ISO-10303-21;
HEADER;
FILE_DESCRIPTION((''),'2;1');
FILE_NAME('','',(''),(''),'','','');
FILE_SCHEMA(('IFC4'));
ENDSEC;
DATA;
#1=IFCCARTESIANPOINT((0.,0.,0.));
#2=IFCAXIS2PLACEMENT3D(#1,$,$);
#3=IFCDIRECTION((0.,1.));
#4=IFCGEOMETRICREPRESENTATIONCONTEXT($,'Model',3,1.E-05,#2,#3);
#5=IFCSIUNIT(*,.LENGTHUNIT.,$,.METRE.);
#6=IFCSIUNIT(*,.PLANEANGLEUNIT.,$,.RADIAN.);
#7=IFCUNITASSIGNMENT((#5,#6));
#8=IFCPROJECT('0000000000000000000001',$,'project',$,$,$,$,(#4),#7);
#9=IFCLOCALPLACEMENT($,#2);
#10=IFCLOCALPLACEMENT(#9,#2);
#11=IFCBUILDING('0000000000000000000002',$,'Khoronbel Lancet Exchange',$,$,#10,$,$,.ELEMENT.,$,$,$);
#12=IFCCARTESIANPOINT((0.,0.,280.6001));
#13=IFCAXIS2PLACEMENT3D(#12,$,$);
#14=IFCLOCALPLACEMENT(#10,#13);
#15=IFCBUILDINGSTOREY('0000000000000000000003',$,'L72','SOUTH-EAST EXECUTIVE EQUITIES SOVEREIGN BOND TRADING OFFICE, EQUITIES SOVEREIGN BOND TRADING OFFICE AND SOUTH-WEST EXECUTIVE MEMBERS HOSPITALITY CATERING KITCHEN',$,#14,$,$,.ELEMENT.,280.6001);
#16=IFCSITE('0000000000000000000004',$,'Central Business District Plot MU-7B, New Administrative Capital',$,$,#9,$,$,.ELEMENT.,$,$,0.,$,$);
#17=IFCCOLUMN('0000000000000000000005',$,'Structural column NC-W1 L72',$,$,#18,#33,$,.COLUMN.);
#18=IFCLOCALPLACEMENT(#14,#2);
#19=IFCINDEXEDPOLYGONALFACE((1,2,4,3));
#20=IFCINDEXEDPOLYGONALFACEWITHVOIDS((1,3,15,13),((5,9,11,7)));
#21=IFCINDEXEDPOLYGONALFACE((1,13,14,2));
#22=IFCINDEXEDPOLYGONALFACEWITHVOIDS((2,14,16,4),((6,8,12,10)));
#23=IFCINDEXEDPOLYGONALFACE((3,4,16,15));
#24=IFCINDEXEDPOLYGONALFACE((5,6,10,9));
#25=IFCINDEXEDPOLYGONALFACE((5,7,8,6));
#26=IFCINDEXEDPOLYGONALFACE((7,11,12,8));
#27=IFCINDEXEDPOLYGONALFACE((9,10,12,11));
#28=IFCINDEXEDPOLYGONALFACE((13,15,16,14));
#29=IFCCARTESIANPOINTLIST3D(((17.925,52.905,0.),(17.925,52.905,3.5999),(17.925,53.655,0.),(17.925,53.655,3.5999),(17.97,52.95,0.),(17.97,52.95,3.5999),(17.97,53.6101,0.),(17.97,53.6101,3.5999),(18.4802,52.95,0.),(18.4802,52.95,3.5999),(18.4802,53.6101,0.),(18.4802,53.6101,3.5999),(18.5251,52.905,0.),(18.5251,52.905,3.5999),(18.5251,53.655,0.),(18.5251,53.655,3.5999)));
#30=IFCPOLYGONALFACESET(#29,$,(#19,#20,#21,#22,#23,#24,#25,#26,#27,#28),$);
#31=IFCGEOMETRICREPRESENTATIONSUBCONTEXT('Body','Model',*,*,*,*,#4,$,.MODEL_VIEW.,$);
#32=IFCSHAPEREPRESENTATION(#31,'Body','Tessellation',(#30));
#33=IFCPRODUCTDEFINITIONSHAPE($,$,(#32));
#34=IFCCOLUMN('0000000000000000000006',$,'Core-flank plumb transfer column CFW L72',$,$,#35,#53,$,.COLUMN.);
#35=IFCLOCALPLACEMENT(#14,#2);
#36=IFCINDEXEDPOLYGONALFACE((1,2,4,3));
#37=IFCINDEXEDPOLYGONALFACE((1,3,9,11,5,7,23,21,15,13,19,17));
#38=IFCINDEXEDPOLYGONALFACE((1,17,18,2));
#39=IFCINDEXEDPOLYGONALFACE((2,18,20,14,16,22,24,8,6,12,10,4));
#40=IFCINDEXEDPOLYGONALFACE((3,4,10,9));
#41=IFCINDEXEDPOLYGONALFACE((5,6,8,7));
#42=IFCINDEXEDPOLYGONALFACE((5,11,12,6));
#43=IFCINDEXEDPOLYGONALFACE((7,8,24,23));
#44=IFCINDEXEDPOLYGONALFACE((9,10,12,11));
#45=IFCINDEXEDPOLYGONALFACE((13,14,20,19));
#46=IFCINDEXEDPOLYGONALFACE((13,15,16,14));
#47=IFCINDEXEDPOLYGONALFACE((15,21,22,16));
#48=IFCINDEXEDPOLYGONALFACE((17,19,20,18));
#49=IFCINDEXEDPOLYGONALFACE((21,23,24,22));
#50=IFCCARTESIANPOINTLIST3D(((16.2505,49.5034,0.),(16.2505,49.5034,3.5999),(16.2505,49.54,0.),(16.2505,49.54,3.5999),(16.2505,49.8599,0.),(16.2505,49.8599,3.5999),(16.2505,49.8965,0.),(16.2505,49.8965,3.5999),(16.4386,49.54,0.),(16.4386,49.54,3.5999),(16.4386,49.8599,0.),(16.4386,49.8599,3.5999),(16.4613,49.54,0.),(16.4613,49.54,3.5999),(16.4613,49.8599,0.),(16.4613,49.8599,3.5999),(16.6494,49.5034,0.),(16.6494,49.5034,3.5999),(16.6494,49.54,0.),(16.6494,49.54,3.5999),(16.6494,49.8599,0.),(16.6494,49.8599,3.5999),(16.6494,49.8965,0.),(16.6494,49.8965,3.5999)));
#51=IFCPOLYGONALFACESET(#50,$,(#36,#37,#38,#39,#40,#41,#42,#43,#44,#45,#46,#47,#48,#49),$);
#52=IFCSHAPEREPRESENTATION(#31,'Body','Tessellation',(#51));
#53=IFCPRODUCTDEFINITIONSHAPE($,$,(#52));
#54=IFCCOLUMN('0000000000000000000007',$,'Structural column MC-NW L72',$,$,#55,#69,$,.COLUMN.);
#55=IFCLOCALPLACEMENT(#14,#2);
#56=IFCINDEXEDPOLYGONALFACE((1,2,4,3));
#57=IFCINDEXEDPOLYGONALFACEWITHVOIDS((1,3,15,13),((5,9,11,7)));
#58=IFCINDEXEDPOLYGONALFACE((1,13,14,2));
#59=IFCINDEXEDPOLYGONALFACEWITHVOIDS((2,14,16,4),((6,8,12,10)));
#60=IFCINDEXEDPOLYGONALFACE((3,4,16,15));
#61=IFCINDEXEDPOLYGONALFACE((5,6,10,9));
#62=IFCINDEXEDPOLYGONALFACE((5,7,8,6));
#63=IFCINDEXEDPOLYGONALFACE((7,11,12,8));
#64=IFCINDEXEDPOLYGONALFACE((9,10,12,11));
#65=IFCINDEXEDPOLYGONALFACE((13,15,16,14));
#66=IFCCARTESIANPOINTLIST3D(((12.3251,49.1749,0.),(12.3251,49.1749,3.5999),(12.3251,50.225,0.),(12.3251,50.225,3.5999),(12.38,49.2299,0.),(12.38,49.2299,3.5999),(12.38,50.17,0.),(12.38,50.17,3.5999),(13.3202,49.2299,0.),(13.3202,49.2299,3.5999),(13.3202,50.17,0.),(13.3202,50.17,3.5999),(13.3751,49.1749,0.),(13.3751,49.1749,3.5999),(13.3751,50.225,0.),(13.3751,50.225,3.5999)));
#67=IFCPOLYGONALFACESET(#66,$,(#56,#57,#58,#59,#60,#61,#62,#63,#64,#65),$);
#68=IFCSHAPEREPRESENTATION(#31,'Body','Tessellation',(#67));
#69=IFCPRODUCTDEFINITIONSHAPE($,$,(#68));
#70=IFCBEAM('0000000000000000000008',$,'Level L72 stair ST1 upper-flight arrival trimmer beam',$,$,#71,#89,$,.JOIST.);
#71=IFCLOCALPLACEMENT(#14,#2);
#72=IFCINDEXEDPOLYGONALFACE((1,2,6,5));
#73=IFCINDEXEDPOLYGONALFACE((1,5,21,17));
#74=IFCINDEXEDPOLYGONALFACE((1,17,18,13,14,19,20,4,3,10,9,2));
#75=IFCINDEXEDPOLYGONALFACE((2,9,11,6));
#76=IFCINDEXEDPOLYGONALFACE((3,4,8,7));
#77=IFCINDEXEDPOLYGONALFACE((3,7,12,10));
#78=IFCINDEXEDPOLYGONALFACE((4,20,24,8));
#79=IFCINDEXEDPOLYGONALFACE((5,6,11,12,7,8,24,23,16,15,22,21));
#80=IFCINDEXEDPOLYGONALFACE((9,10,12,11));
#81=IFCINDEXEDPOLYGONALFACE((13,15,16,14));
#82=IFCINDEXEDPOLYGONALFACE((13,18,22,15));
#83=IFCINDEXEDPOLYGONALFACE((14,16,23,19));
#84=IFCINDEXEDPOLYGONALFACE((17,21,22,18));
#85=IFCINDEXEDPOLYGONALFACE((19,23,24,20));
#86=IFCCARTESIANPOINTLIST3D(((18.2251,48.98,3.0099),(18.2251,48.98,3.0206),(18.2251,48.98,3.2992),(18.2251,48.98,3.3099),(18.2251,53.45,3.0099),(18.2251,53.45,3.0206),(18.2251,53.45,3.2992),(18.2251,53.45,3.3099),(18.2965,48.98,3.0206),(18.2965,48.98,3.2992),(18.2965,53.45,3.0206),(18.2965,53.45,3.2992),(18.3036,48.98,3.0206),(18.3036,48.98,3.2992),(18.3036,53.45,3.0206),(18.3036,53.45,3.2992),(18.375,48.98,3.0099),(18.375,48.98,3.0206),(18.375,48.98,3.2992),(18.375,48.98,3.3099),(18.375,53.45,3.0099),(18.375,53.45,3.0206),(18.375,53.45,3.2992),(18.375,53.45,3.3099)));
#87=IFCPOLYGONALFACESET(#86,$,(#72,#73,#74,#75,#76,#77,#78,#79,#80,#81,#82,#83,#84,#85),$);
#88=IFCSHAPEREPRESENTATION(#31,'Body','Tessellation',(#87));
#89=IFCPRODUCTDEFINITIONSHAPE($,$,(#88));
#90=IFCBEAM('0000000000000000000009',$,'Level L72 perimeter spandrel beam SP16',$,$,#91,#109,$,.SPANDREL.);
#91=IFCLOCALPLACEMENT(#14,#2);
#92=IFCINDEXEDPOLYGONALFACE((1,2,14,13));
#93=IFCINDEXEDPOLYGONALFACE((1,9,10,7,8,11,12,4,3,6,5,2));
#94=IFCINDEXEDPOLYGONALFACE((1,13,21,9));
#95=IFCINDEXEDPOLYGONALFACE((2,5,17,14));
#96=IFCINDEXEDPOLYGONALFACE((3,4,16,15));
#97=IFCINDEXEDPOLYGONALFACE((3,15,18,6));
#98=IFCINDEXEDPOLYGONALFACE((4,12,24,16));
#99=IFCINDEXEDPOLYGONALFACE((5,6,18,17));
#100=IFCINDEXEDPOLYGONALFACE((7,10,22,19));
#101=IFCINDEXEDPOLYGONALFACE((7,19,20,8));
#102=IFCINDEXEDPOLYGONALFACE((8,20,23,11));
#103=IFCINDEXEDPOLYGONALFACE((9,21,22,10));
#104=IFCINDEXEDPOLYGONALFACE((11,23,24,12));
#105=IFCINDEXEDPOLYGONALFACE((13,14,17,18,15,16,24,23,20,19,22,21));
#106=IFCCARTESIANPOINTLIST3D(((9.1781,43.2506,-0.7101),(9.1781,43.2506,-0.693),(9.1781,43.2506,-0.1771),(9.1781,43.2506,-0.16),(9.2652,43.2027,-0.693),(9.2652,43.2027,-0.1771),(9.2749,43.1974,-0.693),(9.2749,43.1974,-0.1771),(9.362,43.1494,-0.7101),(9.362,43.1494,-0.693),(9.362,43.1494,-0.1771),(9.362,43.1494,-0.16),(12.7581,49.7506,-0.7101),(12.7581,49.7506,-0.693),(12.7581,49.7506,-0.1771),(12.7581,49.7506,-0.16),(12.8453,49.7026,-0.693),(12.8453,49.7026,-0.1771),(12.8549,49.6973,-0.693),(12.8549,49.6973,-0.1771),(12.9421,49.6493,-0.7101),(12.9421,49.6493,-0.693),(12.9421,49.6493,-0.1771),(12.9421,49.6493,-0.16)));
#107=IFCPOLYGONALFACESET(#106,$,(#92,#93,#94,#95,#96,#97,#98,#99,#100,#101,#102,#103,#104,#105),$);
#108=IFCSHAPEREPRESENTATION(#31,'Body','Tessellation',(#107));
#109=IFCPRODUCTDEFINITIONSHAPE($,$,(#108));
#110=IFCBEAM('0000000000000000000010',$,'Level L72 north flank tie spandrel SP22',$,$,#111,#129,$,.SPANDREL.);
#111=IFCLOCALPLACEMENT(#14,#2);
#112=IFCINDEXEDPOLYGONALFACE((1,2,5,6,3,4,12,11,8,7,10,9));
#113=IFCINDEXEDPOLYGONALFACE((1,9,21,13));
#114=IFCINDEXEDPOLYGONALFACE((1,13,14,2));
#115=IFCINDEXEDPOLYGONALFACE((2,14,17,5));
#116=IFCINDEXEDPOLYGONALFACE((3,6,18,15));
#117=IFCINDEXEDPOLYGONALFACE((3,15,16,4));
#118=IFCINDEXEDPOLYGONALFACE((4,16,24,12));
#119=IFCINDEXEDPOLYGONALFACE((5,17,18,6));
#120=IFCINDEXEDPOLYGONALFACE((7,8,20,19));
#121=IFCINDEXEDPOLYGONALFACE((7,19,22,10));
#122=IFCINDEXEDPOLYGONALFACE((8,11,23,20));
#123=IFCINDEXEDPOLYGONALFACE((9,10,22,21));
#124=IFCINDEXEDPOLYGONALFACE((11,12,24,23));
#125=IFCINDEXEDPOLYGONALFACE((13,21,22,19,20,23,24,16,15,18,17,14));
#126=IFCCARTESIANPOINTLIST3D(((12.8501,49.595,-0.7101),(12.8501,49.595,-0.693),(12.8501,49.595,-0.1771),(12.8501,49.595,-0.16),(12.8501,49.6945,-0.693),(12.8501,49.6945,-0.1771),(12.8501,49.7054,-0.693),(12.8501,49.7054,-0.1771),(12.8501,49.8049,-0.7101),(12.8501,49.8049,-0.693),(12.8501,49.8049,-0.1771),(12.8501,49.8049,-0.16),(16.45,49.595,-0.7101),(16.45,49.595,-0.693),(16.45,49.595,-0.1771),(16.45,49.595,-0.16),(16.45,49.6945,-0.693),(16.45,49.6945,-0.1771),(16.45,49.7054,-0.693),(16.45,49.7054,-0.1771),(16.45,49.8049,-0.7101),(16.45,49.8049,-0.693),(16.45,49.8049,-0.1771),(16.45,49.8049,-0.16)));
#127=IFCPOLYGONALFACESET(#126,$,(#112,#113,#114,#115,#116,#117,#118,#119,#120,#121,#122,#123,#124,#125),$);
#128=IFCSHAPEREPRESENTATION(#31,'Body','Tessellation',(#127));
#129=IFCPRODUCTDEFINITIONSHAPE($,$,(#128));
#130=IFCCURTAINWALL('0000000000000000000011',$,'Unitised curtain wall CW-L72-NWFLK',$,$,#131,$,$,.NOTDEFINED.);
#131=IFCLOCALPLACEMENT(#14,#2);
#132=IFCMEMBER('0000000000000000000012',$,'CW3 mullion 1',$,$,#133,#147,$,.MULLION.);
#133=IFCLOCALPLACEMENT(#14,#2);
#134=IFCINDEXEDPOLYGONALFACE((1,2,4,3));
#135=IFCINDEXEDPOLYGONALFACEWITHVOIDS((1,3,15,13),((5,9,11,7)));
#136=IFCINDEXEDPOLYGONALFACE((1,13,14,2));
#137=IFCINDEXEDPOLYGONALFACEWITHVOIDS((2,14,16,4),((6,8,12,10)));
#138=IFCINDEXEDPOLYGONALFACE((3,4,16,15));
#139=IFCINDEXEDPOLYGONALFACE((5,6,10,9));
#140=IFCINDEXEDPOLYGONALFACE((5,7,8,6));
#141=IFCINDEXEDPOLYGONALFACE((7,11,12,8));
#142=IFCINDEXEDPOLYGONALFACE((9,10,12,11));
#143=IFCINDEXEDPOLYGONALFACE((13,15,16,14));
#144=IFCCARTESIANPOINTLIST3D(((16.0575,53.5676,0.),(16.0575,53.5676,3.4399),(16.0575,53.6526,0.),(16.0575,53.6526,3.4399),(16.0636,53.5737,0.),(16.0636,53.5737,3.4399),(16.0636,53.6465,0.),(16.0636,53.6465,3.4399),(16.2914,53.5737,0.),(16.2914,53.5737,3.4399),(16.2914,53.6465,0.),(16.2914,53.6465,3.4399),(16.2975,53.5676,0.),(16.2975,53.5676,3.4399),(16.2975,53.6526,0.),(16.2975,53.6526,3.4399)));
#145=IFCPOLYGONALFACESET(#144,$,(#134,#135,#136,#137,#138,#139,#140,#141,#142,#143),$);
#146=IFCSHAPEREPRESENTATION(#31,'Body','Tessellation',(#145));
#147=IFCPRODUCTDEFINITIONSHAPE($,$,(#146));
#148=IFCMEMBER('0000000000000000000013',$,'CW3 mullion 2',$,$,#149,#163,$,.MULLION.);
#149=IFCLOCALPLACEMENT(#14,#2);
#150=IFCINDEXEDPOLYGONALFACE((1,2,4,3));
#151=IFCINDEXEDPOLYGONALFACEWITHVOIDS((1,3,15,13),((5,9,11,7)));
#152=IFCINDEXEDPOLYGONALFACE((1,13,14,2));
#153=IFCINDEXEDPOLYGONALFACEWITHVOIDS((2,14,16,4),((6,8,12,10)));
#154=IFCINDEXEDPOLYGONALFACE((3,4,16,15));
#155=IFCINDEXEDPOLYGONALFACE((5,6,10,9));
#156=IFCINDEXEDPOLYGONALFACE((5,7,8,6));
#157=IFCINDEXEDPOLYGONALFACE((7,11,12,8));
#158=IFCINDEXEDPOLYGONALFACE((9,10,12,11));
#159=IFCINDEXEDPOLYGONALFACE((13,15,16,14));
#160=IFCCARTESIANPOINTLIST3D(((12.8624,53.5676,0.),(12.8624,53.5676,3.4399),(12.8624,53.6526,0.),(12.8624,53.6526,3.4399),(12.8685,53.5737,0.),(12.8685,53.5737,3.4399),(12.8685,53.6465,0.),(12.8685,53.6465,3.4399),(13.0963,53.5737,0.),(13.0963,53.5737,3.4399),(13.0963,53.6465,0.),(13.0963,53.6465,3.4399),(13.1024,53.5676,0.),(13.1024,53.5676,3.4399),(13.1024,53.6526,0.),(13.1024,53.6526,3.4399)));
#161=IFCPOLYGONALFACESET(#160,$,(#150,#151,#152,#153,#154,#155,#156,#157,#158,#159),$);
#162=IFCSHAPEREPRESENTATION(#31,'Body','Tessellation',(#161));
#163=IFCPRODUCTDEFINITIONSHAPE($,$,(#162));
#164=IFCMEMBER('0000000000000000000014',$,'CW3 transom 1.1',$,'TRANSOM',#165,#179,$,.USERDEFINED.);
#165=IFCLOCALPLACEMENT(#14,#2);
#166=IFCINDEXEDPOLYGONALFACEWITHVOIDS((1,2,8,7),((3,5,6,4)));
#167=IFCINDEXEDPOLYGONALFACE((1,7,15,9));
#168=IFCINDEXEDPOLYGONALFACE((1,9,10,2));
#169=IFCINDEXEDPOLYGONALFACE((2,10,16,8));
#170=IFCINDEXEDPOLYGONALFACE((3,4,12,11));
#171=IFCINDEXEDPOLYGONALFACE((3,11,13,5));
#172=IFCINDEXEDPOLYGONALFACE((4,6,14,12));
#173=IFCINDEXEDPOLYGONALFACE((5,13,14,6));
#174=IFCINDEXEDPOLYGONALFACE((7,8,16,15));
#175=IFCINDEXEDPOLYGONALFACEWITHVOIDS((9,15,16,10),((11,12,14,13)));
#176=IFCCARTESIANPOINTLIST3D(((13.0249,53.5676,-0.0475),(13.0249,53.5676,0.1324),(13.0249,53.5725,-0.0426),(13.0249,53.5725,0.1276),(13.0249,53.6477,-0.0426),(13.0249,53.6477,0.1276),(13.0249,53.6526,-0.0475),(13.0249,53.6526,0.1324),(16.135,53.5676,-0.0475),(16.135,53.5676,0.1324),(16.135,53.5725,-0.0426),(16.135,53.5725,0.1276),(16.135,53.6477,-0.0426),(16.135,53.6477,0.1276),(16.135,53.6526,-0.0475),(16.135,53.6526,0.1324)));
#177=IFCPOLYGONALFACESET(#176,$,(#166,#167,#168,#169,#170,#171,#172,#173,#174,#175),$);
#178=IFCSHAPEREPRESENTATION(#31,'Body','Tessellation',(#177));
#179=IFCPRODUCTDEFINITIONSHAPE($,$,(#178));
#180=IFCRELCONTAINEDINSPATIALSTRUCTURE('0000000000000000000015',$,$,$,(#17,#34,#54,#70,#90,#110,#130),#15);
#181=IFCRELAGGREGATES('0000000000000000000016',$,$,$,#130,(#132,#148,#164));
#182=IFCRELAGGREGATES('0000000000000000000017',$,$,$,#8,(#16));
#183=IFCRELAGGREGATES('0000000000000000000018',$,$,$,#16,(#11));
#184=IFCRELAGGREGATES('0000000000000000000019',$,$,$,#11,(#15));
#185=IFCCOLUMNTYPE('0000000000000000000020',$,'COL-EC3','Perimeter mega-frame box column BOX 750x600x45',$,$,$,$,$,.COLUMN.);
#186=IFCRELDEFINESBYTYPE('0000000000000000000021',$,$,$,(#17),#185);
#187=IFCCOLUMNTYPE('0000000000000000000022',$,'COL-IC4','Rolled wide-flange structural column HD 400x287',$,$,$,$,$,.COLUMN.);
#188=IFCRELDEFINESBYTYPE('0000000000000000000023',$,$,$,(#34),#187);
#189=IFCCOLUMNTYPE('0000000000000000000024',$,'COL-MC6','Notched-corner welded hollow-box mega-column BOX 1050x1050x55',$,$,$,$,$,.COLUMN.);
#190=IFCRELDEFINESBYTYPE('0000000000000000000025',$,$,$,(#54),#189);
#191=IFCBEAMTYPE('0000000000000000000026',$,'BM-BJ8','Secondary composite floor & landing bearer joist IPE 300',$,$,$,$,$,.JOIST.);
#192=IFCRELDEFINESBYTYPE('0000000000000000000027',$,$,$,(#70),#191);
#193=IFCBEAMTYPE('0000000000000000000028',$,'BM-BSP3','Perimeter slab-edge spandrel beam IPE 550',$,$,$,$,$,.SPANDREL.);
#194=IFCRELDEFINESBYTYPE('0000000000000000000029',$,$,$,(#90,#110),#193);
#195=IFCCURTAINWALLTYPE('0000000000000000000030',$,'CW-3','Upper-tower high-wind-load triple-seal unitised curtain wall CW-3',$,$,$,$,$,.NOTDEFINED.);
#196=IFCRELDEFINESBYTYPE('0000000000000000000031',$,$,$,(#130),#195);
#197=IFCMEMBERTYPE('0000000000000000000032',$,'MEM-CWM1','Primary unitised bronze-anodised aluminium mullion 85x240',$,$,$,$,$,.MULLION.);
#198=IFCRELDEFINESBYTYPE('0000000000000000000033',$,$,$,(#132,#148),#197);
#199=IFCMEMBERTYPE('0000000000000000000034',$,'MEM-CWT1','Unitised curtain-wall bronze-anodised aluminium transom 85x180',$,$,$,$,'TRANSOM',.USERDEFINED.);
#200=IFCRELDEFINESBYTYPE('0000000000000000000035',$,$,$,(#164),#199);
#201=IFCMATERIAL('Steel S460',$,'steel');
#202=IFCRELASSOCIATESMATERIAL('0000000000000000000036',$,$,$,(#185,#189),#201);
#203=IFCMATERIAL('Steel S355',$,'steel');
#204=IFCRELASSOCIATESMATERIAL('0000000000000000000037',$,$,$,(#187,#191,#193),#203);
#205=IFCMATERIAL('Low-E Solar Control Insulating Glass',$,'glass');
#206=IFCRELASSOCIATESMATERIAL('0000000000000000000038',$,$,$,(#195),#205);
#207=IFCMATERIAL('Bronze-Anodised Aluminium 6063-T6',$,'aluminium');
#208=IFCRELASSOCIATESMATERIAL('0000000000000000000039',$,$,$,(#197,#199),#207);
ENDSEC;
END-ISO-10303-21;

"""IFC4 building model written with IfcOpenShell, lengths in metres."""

from ifc_helpers import new_model, si_unit, direction, frame, origin, origin_2d, place, context, subcontext, project, spatial, hollow_rectangle, i_section, extrude, material, material_profile, profile_set, type_object, element, aggregate, save


model = new_model("IFC4")

# Units and contexts
model_context = context("Model", 3, precision=1e-05, world=origin(), true_north=direction((0.0, 1.0)))
body_context = subcontext(model_context, "Body", "Model", "MODEL_VIEW")
ifc_project = project(units=[si_unit("LENGTHUNIT", "METRE"), si_unit("PLANEANGLEUNIT", "RADIAN")], contexts=[model_context])

# Site, building, storey
site_placement = place(None, origin())
site = spatial("IfcSite", under=ifc_project, at=site_placement, Name="Central Business District Plot MU-7B, New Administrative Capital", CompositionType="ELEMENT", RefElevation=0.0)
building_placement = place(site_placement, origin())
building = spatial("IfcBuilding", under=site, at=building_placement, Name="Khoronbel Lancet Exchange", CompositionType="ELEMENT")
storey_placement = place(building_placement, frame((0.0, 0.0, 280.6001)))
storey = spatial("IfcBuildingStorey", under=building, at=storey_placement, Name="L72", Description="SOUTH-EAST EXECUTIVE EQUITIES SOVEREIGN BOND TRADING OFFICE, EQUITIES SOVEREIGN BOND TRADING OFFICE AND SOUTH-WEST EXECUTIVE MEMBERS HOSPITALITY CATERING KITCHEN", CompositionType="ELEMENT", Elevation=280.6001)

# Columns
ifc_material_1 = material(Name="Steel S460", Category="steel")
ifc_material_profile_1 = material_profile(ifc_material_1, hollow_rectangle(XDim=0.6001, YDim=0.75, WallThickness=0.0449, at=origin_2d()), Name="BOX 750x600x45")
ifc_profile_set_1 = profile_set([ifc_material_profile_1], Name="Steel S460")
column_type_1 = type_object("IfcColumnType", Name="COL-EC3", Description="Perimeter mega-frame box column BOX 750x600x45", PredefinedType="COLUMN", material=ifc_profile_set_1)
column_1_placement = place(storey_placement, frame((18.2251, 53.28, 0.0), z_axis=(0.0, 0.0, 1.0), x_axis=(1.0, 0.0, 0.0)))
element("IfcColumn", 1, at=column_1_placement, inside=storey, type_object=column_type_1, Name="Structural column NC-W1 L72", PredefinedType="COLUMN", context=body_context, shape_type="SweptSolid", body=[
    extrude(hollow_rectangle(XDim=0.6001, YDim=0.75, WallThickness=0.0449, at=origin_2d()), origin(), (0.0, 0.0, 1.0), 3.5999),
])
ifc_material_2 = material(Name="Steel S355", Category="steel")
ifc_material_profile_2 = material_profile(ifc_material_2, i_section(OverallWidth=0.3989, OverallDepth=0.3931, WebThickness=0.0227, FlangeThickness=0.0366, at=origin_2d()), Name="HD 400x287")
ifc_profile_set_2 = profile_set([ifc_material_profile_2], Name="Steel S355")
column_type_2 = type_object("IfcColumnType", Name="COL-IC4", Description="Rolled wide-flange structural column HD 400x287", PredefinedType="COLUMN", material=ifc_profile_set_2)
column_2_placement = place(storey_placement, frame((16.45, 49.7, 0.0), z_axis=(0.0, 0.0, 1.0), x_axis=(1.0, 0.0, 0.0)))
element("IfcColumn", 2, at=column_2_placement, inside=storey, type_object=column_type_2, Name="Core-flank plumb transfer column CFW L72", PredefinedType="COLUMN", context=body_context, shape_type="SweptSolid", body=[
    extrude(i_section(OverallWidth=0.3989, OverallDepth=0.3931, WebThickness=0.0227, FlangeThickness=0.0366, at=origin_2d()), origin(), (0.0, 0.0, 1.0), 3.5999),
])
ifc_material_profile_3 = material_profile(ifc_material_1, hollow_rectangle(XDim=1.05, YDim=1.05, WallThickness=0.0549, at=origin_2d()), Name="BOX 1050x1050x55")
ifc_profile_set_3 = profile_set([ifc_material_profile_3], Name="Steel S460")
column_type_3 = type_object("IfcColumnType", Name="COL-MC6", Description="Notched-corner welded hollow-box mega-column BOX 1050x1050x55", PredefinedType="COLUMN", material=ifc_profile_set_3)
column_3_placement = place(storey_placement, frame((12.8501, 49.7, 0.0), z_axis=(0.0, 0.0, 1.0), x_axis=(1.0, 0.0, 0.0)))
element("IfcColumn", 3, at=column_3_placement, inside=storey, type_object=column_type_3, Name="Structural column MC-NW L72", PredefinedType="COLUMN", context=body_context, shape_type="SweptSolid", body=[
    extrude(hollow_rectangle(XDim=1.05, YDim=1.05, WallThickness=0.0549, at=origin_2d()), origin(), (0.0, 0.0, 1.0), 3.5999),
])

# Beams
ifc_material_profile_4 = material_profile(ifc_material_2, i_section(OverallWidth=0.1499, OverallDepth=0.3, WebThickness=0.0071, FlangeThickness=0.0107, at=origin_2d()), Name="IPE 300")
ifc_profile_set_4 = profile_set([ifc_material_profile_4], Name="Steel S355")
beam_type_1 = type_object("IfcBeamType", Name="BM-BJ8", Description="Secondary composite floor & landing bearer joist IPE 300", PredefinedType="JOIST", material=ifc_profile_set_4)
beam_1_placement = place(storey_placement, frame((18.3, 48.98, 3.1599), z_axis=(0.0, 1.0, 0.0), x_axis=(-1.0, 0.0, 0.0)))
element("IfcBeam", 4, at=beam_1_placement, inside=storey, type_object=beam_type_1, Name="Level L72 stair ST1 upper-flight arrival trimmer beam", PredefinedType="JOIST", context=body_context, shape_type="SweptSolid", body=[
    extrude(i_section(OverallWidth=0.1499, OverallDepth=0.3, WebThickness=0.0071, FlangeThickness=0.0107, at=origin_2d()), origin(), (0.0, 0.0, 1.0), 4.47),
])
ifc_material_profile_5 = material_profile(ifc_material_2, i_section(OverallWidth=0.21, OverallDepth=0.55, WebThickness=0.011, FlangeThickness=0.0171, at=origin_2d()), Name="IPE 550")
ifc_profile_set_5 = profile_set([ifc_material_profile_5], Name="Steel S355")
beam_type_2 = type_object("IfcBeamType", Name="BM-BSP3", Description="Perimeter slab-edge spandrel beam IPE 550", PredefinedType="SPANDREL", material=ifc_profile_set_5)
beam_2_placement = place(storey_placement, frame((12.8501, 49.7, -0.4351), z_axis=(-0.482444, -0.875927, 0.0), x_axis=(0.875927, -0.482444, 0.0)))
element("IfcBeam", 5, at=beam_2_placement, inside=storey, type_object=beam_type_2, Name="Level L72 perimeter spandrel beam SP16", PredefinedType="SPANDREL", context=body_context, shape_type="SweptSolid", body=[
    extrude(i_section(OverallWidth=0.21, OverallDepth=0.55, WebThickness=0.011, FlangeThickness=0.0171, at=origin_2d()), origin(), (0.0, 0.0, 1.0), 7.4207),
])
beam_3_placement = place(storey_placement, frame((12.8501, 49.7, -0.4351), z_axis=(1.0, 0.0, 0.0), x_axis=(0.0, 1.0, 0.0)))
element("IfcBeam", 6, at=beam_3_placement, inside=storey, type_object=beam_type_2, Name="Level L72 north flank tie spandrel SP22", PredefinedType="SPANDREL", context=body_context, shape_type="SweptSolid", body=[
    extrude(i_section(OverallWidth=0.21, OverallDepth=0.55, WebThickness=0.011, FlangeThickness=0.0171, at=origin_2d()), origin(), (0.0, 0.0, 1.0), 3.5999),
])

# Curtain wall, members
ifc_material_3 = material(Name="Low-E Solar Control Insulating Glass", Category="glass")
curtain_wall_type = type_object("IfcCurtainWallType", Name="CW-3", Description="Upper-tower high-wind-load triple-seal unitised curtain wall CW-3", PredefinedType="NOTDEFINED", material=ifc_material_3)
curtain_wall_placement = place(storey_placement, origin())
curtain_wall = element("IfcCurtainWall", 7, at=curtain_wall_placement, inside=storey, type_object=curtain_wall_type, Name="Unitised curtain wall CW-L72-NWFLK", PredefinedType="NOTDEFINED")
ifc_material_4 = material(Name="Bronze-Anodised Aluminium 6063-T6", Category="aluminium")
ifc_material_profile_6 = material_profile(ifc_material_4, hollow_rectangle(XDim=0.085, YDim=0.24, WallThickness=0.0061, at=origin_2d()), Name="ALU MULLION 85x240")
ifc_profile_set_6 = profile_set([ifc_material_profile_6], Name="Bronze-Anodised Aluminium 6063-T6")
member_type_1 = type_object("IfcMemberType", Name="MEM-CWM1", Description="Primary unitised bronze-anodised aluminium mullion 85x240", PredefinedType="MULLION", material=ifc_profile_set_6)
member_1_placement = place(storey_placement, frame((16.1775, 53.6101, 0.0), z_axis=(0.0, 0.0, 1.0), x_axis=(0.0, -1.0, 0.0)))
member_1 = element("IfcMember", 8, at=member_1_placement, type_object=member_type_1, Name="CW3 mullion 1", PredefinedType="MULLION", context=body_context, shape_type="SweptSolid", body=[
    extrude(hollow_rectangle(XDim=0.085, YDim=0.24, WallThickness=0.0061, at=origin_2d()), origin(), (0.0, 0.0, 1.0), 3.4399),
])
member_2_placement = place(storey_placement, frame((12.9824, 53.6101, 0.0), z_axis=(0.0, 0.0, 1.0), x_axis=(0.0, -1.0, 0.0)))
member_2 = element("IfcMember", 9, at=member_2_placement, type_object=member_type_1, Name="CW3 mullion 2", PredefinedType="MULLION", context=body_context, shape_type="SweptSolid", body=[
    extrude(hollow_rectangle(XDim=0.085, YDim=0.24, WallThickness=0.0061, at=origin_2d()), origin(), (0.0, 0.0, 1.0), 3.4399),
])
ifc_material_profile_7 = material_profile(ifc_material_4, hollow_rectangle(XDim=0.085, YDim=0.1799, WallThickness=0.0049, at=origin_2d()), Name="ALU TRANSOM 85x180")
ifc_profile_set_7 = profile_set([ifc_material_profile_7], Name="Bronze-Anodised Aluminium 6063-T6")
member_type_2 = type_object("IfcMemberType", Name="MEM-CWT1", Description="Unitised curtain-wall bronze-anodised aluminium transom 85x180", ElementType="TRANSOM", PredefinedType="USERDEFINED", material=ifc_profile_set_7)
member_3_placement = place(storey_placement, frame((16.135, 53.6101, 0.0425), z_axis=(-1.0, 0.0, 0.0), x_axis=(0.0, -1.0, 0.0)))
member_3 = element("IfcMember", 10, at=member_3_placement, type_object=member_type_2, Name="CW3 transom 1.1", ObjectType="TRANSOM", PredefinedType="USERDEFINED", context=body_context, shape_type="SweptSolid", body=[
    extrude(hollow_rectangle(XDim=0.085, YDim=0.1799, WallThickness=0.0049, at=origin_2d()), origin(), (0.0, 0.0, 1.0), 3.1101),
])
aggregate(curtain_wall, [member_1, member_2, member_3])

save(model, "model.ifc")
